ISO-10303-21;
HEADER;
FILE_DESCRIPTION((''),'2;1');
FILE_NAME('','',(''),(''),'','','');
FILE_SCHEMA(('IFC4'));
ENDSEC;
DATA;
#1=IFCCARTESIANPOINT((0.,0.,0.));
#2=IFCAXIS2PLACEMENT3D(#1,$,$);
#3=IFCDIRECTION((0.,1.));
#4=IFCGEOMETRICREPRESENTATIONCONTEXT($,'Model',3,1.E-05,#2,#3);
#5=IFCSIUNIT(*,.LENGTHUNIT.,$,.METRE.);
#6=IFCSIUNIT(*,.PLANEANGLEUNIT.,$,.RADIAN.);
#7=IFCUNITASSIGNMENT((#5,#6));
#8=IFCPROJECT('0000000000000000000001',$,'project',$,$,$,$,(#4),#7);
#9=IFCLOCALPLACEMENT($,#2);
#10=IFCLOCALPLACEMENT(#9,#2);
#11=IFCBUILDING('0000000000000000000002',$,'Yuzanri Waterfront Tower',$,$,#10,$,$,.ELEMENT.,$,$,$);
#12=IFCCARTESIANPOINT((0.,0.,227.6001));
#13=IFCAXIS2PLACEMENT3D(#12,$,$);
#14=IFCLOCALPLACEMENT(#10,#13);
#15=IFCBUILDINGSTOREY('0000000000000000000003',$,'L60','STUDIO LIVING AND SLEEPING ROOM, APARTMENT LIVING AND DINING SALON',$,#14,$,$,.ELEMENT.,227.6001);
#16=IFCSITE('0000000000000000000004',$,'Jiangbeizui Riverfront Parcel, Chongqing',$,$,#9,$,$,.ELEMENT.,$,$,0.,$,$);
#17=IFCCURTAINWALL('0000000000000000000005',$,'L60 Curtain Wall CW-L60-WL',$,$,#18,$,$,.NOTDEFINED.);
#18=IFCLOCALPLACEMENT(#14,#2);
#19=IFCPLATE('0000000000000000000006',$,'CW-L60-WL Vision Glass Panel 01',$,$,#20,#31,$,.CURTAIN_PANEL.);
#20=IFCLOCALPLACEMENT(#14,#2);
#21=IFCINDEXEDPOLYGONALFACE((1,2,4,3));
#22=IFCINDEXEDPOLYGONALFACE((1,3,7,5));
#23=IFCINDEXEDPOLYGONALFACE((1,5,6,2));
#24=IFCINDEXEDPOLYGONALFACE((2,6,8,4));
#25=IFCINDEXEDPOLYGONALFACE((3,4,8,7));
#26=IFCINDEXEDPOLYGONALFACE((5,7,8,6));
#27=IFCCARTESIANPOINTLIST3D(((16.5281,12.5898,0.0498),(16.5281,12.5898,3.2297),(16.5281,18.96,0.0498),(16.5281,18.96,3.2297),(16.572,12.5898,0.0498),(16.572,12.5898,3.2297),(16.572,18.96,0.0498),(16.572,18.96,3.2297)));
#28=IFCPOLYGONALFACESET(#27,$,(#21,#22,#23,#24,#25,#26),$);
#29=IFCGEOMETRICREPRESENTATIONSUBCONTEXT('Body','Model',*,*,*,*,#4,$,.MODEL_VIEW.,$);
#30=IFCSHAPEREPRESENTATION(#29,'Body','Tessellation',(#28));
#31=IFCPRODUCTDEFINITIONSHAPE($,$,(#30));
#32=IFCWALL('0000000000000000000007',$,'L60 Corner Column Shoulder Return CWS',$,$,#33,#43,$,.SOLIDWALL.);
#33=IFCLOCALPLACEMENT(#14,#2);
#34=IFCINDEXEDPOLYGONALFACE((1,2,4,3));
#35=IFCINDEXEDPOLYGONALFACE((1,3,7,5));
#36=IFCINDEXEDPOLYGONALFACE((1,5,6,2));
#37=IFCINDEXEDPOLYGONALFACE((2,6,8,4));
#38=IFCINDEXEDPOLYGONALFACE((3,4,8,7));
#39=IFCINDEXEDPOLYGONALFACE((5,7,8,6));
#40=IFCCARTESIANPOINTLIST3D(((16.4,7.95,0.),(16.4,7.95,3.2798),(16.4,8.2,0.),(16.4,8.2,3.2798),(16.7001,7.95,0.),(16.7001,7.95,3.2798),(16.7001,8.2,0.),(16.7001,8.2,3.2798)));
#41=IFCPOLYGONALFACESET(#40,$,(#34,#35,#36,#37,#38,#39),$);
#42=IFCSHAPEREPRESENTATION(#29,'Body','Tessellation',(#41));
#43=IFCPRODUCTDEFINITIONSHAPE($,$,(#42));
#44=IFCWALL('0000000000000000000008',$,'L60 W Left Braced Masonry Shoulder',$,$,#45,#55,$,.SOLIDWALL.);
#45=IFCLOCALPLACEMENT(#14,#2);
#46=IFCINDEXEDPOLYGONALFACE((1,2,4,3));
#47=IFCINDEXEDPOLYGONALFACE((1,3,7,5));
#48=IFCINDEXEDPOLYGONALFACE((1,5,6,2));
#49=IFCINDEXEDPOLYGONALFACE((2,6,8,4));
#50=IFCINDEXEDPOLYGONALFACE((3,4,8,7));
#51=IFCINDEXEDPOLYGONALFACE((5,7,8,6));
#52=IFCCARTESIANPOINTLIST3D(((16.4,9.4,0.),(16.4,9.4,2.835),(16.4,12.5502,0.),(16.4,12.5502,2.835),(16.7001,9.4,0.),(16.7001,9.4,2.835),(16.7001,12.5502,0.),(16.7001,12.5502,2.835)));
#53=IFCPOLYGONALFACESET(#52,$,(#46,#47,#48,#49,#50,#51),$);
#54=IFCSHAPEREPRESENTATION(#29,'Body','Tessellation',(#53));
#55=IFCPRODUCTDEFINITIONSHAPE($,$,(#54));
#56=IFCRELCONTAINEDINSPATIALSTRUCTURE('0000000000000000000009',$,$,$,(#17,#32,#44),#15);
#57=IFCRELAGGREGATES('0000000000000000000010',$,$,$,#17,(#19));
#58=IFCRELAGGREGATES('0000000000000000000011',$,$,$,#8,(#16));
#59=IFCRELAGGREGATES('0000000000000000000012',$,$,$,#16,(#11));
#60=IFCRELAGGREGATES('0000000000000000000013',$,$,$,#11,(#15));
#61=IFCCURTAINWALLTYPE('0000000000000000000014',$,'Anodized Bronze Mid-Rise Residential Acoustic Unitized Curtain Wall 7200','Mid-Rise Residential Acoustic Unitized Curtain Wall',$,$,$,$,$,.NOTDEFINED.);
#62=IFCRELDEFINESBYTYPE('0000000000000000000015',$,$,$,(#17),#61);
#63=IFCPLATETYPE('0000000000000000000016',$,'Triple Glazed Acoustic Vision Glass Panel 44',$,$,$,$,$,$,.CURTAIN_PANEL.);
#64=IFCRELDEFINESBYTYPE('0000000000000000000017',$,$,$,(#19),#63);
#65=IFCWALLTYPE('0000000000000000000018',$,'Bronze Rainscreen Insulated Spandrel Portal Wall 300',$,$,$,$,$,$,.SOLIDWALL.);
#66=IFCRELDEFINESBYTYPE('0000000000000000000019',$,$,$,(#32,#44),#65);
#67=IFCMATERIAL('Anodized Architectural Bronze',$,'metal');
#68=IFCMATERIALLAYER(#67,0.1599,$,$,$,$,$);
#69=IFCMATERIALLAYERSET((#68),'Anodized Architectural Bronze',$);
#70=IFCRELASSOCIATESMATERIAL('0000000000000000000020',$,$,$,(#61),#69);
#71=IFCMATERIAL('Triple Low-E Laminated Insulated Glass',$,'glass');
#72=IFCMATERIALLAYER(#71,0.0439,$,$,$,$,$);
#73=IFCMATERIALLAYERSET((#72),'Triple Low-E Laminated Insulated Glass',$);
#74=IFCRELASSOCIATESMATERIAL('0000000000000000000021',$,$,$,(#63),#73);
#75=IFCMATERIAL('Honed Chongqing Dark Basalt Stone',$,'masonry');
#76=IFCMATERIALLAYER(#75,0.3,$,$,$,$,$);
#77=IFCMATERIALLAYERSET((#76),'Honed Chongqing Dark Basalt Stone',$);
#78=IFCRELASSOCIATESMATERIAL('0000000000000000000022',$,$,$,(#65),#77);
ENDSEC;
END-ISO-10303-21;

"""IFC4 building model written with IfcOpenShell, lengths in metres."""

from ifc_helpers import new_model, si_unit, direction, frame, frame_2d, origin, origin_2d, place, context, subcontext, project, spatial, rectangle, extrude, source, transform, mapped, material, layer, layer_set, type_object, element, aggregate, save


model = new_model("IFC4")

# Units and contexts
model_context = context("Model", 3, precision=1e-05, world=origin(), true_north=direction((0.0, 1.0)))
body_context = subcontext(model_context, "Body", "Model", "MODEL_VIEW")
ifc_project = project(units=[si_unit("LENGTHUNIT", "METRE"), si_unit("PLANEANGLEUNIT", "RADIAN")], contexts=[model_context])

# Site, building, storey
site_placement = place(None, origin())
site = spatial("IfcSite", under=ifc_project, at=site_placement, Name="Jiangbeizui Riverfront Parcel, Chongqing", CompositionType="ELEMENT", RefElevation=0.0)
building_placement = place(site_placement, origin())
building = spatial("IfcBuilding", under=site, at=building_placement, Name="Yuzanri Waterfront Tower", CompositionType="ELEMENT")
storey_placement = place(building_placement, frame((0.0, 0.0, 227.6001)))
storey = spatial("IfcBuildingStorey", under=building, at=storey_placement, Name="L60", Description="STUDIO LIVING AND SLEEPING ROOM, APARTMENT LIVING AND DINING SALON", CompositionType="ELEMENT", Elevation=227.6001)

# Curtain wall
ifc_material_1 = material(Name="Anodized Architectural Bronze", Category="metal")
ifc_layer_1 = layer(ifc_material_1, 0.1599)
ifc_layer_set_1 = layer_set([ifc_layer_1], Name="Anodized Architectural Bronze")
curtain_wall_type = type_object("IfcCurtainWallType", Name="Anodized Bronze Mid-Rise Residential Acoustic Unitized Curtain Wall 7200", Description="Mid-Rise Residential Acoustic Unitized Curtain Wall", PredefinedType="NOTDEFINED", material=ifc_layer_set_1)
curtain_wall_placement = place(storey_placement, origin())
curtain_wall = element("IfcCurtainWall", 1, at=curtain_wall_placement, inside=storey, type_object=curtain_wall_type, Name="L60 Curtain Wall CW-L60-WL", PredefinedType="NOTDEFINED")

# Plate
ifc_material_2 = material(Name="Triple Low-E Laminated Insulated Glass", Category="glass")
ifc_layer_2 = layer(ifc_material_2, 0.0439)
ifc_layer_set_2 = layer_set([ifc_layer_2], Name="Triple Low-E Laminated Insulated Glass")
plate_type_1 = type_object("IfcPlateType", Name="Triple Glazed Acoustic Vision Glass Panel 44", PredefinedType="CURTAIN_PANEL", material=ifc_layer_set_2)
shared_shape_1 = source(origin(), body_context, "Body", "SweptSolid", [
    extrude(rectangle(XDim=6.3701, YDim=0.0439, at=origin_2d()), origin(), (0.0, 0.0, 1.0), 3.1799),
])
plate_1_placement = place(storey_placement, frame((16.55, 15.7749, 0.0498), z_axis=(0.0, 0.0, 1.0), x_axis=(0.0, 1.0, 0.0)))
plate_1 = element("IfcPlate", 2, at=plate_1_placement, type_object=plate_type_1, Name="CW-L60-WL Vision Glass Panel 01", PredefinedType="CURTAIN_PANEL", context=body_context, shape_type="MappedRepresentation", body=[
    mapped(shared_shape_1, transform((0.0, 0.0, 0.0), scale=1.0)),
])
aggregate(curtain_wall, [plate_1])

# Walls
ifc_material_3 = material(Name="Honed Chongqing Dark Basalt Stone", Category="masonry")
ifc_layer_3 = layer(ifc_material_3, 0.3)
ifc_layer_set_3 = layer_set([ifc_layer_3], Name="Honed Chongqing Dark Basalt Stone")
wall_type = type_object("IfcWallType", Name="Bronze Rainscreen Insulated Spandrel Portal Wall 300", PredefinedType="SOLIDWALL", material=ifc_layer_set_3)
shared_shape_2 = source(origin(), body_context, "Body", "SweptSolid", [
    extrude(rectangle(XDim=0.25, YDim=0.3, at=frame_2d((0.125, 0.0))), origin(), (0.0, 0.0, 1.0), 3.2798),
])
wall_1_placement = place(storey_placement, frame((16.55, 7.95, 0.0), z_axis=(0.0, 0.0, 1.0), x_axis=(0.0, 1.0, 0.0)))
element("IfcWall", 3, at=wall_1_placement, inside=storey, type_object=wall_type, Name="L60 Corner Column Shoulder Return CWS", PredefinedType="SOLIDWALL", context=body_context, shape_type="MappedRepresentation", body=[
    mapped(shared_shape_2, transform((0.0, 0.0, 0.0), scale=1.0)),
])
shared_shape_3 = source(origin(), body_context, "Body", "SweptSolid", [
    extrude(rectangle(XDim=3.1501, YDim=0.3, at=frame_2d((1.5752, 0.0))), origin(), (0.0, 0.0, 1.0), 2.835),
])
wall_2_placement = place(storey_placement, frame((16.55, 9.3999, 0.0), z_axis=(0.0, 0.0, 1.0), x_axis=(0.0, 1.0, 0.0)))
element("IfcWall", 4, at=wall_2_placement, inside=storey, type_object=wall_type, Name="L60 W Left Braced Masonry Shoulder", PredefinedType="SOLIDWALL", context=body_context, shape_type="MappedRepresentation", body=[
    mapped(shared_shape_3, transform((0.0, 0.0, 0.0), scale=1.0)),
])

save(model, "model.ifc")
